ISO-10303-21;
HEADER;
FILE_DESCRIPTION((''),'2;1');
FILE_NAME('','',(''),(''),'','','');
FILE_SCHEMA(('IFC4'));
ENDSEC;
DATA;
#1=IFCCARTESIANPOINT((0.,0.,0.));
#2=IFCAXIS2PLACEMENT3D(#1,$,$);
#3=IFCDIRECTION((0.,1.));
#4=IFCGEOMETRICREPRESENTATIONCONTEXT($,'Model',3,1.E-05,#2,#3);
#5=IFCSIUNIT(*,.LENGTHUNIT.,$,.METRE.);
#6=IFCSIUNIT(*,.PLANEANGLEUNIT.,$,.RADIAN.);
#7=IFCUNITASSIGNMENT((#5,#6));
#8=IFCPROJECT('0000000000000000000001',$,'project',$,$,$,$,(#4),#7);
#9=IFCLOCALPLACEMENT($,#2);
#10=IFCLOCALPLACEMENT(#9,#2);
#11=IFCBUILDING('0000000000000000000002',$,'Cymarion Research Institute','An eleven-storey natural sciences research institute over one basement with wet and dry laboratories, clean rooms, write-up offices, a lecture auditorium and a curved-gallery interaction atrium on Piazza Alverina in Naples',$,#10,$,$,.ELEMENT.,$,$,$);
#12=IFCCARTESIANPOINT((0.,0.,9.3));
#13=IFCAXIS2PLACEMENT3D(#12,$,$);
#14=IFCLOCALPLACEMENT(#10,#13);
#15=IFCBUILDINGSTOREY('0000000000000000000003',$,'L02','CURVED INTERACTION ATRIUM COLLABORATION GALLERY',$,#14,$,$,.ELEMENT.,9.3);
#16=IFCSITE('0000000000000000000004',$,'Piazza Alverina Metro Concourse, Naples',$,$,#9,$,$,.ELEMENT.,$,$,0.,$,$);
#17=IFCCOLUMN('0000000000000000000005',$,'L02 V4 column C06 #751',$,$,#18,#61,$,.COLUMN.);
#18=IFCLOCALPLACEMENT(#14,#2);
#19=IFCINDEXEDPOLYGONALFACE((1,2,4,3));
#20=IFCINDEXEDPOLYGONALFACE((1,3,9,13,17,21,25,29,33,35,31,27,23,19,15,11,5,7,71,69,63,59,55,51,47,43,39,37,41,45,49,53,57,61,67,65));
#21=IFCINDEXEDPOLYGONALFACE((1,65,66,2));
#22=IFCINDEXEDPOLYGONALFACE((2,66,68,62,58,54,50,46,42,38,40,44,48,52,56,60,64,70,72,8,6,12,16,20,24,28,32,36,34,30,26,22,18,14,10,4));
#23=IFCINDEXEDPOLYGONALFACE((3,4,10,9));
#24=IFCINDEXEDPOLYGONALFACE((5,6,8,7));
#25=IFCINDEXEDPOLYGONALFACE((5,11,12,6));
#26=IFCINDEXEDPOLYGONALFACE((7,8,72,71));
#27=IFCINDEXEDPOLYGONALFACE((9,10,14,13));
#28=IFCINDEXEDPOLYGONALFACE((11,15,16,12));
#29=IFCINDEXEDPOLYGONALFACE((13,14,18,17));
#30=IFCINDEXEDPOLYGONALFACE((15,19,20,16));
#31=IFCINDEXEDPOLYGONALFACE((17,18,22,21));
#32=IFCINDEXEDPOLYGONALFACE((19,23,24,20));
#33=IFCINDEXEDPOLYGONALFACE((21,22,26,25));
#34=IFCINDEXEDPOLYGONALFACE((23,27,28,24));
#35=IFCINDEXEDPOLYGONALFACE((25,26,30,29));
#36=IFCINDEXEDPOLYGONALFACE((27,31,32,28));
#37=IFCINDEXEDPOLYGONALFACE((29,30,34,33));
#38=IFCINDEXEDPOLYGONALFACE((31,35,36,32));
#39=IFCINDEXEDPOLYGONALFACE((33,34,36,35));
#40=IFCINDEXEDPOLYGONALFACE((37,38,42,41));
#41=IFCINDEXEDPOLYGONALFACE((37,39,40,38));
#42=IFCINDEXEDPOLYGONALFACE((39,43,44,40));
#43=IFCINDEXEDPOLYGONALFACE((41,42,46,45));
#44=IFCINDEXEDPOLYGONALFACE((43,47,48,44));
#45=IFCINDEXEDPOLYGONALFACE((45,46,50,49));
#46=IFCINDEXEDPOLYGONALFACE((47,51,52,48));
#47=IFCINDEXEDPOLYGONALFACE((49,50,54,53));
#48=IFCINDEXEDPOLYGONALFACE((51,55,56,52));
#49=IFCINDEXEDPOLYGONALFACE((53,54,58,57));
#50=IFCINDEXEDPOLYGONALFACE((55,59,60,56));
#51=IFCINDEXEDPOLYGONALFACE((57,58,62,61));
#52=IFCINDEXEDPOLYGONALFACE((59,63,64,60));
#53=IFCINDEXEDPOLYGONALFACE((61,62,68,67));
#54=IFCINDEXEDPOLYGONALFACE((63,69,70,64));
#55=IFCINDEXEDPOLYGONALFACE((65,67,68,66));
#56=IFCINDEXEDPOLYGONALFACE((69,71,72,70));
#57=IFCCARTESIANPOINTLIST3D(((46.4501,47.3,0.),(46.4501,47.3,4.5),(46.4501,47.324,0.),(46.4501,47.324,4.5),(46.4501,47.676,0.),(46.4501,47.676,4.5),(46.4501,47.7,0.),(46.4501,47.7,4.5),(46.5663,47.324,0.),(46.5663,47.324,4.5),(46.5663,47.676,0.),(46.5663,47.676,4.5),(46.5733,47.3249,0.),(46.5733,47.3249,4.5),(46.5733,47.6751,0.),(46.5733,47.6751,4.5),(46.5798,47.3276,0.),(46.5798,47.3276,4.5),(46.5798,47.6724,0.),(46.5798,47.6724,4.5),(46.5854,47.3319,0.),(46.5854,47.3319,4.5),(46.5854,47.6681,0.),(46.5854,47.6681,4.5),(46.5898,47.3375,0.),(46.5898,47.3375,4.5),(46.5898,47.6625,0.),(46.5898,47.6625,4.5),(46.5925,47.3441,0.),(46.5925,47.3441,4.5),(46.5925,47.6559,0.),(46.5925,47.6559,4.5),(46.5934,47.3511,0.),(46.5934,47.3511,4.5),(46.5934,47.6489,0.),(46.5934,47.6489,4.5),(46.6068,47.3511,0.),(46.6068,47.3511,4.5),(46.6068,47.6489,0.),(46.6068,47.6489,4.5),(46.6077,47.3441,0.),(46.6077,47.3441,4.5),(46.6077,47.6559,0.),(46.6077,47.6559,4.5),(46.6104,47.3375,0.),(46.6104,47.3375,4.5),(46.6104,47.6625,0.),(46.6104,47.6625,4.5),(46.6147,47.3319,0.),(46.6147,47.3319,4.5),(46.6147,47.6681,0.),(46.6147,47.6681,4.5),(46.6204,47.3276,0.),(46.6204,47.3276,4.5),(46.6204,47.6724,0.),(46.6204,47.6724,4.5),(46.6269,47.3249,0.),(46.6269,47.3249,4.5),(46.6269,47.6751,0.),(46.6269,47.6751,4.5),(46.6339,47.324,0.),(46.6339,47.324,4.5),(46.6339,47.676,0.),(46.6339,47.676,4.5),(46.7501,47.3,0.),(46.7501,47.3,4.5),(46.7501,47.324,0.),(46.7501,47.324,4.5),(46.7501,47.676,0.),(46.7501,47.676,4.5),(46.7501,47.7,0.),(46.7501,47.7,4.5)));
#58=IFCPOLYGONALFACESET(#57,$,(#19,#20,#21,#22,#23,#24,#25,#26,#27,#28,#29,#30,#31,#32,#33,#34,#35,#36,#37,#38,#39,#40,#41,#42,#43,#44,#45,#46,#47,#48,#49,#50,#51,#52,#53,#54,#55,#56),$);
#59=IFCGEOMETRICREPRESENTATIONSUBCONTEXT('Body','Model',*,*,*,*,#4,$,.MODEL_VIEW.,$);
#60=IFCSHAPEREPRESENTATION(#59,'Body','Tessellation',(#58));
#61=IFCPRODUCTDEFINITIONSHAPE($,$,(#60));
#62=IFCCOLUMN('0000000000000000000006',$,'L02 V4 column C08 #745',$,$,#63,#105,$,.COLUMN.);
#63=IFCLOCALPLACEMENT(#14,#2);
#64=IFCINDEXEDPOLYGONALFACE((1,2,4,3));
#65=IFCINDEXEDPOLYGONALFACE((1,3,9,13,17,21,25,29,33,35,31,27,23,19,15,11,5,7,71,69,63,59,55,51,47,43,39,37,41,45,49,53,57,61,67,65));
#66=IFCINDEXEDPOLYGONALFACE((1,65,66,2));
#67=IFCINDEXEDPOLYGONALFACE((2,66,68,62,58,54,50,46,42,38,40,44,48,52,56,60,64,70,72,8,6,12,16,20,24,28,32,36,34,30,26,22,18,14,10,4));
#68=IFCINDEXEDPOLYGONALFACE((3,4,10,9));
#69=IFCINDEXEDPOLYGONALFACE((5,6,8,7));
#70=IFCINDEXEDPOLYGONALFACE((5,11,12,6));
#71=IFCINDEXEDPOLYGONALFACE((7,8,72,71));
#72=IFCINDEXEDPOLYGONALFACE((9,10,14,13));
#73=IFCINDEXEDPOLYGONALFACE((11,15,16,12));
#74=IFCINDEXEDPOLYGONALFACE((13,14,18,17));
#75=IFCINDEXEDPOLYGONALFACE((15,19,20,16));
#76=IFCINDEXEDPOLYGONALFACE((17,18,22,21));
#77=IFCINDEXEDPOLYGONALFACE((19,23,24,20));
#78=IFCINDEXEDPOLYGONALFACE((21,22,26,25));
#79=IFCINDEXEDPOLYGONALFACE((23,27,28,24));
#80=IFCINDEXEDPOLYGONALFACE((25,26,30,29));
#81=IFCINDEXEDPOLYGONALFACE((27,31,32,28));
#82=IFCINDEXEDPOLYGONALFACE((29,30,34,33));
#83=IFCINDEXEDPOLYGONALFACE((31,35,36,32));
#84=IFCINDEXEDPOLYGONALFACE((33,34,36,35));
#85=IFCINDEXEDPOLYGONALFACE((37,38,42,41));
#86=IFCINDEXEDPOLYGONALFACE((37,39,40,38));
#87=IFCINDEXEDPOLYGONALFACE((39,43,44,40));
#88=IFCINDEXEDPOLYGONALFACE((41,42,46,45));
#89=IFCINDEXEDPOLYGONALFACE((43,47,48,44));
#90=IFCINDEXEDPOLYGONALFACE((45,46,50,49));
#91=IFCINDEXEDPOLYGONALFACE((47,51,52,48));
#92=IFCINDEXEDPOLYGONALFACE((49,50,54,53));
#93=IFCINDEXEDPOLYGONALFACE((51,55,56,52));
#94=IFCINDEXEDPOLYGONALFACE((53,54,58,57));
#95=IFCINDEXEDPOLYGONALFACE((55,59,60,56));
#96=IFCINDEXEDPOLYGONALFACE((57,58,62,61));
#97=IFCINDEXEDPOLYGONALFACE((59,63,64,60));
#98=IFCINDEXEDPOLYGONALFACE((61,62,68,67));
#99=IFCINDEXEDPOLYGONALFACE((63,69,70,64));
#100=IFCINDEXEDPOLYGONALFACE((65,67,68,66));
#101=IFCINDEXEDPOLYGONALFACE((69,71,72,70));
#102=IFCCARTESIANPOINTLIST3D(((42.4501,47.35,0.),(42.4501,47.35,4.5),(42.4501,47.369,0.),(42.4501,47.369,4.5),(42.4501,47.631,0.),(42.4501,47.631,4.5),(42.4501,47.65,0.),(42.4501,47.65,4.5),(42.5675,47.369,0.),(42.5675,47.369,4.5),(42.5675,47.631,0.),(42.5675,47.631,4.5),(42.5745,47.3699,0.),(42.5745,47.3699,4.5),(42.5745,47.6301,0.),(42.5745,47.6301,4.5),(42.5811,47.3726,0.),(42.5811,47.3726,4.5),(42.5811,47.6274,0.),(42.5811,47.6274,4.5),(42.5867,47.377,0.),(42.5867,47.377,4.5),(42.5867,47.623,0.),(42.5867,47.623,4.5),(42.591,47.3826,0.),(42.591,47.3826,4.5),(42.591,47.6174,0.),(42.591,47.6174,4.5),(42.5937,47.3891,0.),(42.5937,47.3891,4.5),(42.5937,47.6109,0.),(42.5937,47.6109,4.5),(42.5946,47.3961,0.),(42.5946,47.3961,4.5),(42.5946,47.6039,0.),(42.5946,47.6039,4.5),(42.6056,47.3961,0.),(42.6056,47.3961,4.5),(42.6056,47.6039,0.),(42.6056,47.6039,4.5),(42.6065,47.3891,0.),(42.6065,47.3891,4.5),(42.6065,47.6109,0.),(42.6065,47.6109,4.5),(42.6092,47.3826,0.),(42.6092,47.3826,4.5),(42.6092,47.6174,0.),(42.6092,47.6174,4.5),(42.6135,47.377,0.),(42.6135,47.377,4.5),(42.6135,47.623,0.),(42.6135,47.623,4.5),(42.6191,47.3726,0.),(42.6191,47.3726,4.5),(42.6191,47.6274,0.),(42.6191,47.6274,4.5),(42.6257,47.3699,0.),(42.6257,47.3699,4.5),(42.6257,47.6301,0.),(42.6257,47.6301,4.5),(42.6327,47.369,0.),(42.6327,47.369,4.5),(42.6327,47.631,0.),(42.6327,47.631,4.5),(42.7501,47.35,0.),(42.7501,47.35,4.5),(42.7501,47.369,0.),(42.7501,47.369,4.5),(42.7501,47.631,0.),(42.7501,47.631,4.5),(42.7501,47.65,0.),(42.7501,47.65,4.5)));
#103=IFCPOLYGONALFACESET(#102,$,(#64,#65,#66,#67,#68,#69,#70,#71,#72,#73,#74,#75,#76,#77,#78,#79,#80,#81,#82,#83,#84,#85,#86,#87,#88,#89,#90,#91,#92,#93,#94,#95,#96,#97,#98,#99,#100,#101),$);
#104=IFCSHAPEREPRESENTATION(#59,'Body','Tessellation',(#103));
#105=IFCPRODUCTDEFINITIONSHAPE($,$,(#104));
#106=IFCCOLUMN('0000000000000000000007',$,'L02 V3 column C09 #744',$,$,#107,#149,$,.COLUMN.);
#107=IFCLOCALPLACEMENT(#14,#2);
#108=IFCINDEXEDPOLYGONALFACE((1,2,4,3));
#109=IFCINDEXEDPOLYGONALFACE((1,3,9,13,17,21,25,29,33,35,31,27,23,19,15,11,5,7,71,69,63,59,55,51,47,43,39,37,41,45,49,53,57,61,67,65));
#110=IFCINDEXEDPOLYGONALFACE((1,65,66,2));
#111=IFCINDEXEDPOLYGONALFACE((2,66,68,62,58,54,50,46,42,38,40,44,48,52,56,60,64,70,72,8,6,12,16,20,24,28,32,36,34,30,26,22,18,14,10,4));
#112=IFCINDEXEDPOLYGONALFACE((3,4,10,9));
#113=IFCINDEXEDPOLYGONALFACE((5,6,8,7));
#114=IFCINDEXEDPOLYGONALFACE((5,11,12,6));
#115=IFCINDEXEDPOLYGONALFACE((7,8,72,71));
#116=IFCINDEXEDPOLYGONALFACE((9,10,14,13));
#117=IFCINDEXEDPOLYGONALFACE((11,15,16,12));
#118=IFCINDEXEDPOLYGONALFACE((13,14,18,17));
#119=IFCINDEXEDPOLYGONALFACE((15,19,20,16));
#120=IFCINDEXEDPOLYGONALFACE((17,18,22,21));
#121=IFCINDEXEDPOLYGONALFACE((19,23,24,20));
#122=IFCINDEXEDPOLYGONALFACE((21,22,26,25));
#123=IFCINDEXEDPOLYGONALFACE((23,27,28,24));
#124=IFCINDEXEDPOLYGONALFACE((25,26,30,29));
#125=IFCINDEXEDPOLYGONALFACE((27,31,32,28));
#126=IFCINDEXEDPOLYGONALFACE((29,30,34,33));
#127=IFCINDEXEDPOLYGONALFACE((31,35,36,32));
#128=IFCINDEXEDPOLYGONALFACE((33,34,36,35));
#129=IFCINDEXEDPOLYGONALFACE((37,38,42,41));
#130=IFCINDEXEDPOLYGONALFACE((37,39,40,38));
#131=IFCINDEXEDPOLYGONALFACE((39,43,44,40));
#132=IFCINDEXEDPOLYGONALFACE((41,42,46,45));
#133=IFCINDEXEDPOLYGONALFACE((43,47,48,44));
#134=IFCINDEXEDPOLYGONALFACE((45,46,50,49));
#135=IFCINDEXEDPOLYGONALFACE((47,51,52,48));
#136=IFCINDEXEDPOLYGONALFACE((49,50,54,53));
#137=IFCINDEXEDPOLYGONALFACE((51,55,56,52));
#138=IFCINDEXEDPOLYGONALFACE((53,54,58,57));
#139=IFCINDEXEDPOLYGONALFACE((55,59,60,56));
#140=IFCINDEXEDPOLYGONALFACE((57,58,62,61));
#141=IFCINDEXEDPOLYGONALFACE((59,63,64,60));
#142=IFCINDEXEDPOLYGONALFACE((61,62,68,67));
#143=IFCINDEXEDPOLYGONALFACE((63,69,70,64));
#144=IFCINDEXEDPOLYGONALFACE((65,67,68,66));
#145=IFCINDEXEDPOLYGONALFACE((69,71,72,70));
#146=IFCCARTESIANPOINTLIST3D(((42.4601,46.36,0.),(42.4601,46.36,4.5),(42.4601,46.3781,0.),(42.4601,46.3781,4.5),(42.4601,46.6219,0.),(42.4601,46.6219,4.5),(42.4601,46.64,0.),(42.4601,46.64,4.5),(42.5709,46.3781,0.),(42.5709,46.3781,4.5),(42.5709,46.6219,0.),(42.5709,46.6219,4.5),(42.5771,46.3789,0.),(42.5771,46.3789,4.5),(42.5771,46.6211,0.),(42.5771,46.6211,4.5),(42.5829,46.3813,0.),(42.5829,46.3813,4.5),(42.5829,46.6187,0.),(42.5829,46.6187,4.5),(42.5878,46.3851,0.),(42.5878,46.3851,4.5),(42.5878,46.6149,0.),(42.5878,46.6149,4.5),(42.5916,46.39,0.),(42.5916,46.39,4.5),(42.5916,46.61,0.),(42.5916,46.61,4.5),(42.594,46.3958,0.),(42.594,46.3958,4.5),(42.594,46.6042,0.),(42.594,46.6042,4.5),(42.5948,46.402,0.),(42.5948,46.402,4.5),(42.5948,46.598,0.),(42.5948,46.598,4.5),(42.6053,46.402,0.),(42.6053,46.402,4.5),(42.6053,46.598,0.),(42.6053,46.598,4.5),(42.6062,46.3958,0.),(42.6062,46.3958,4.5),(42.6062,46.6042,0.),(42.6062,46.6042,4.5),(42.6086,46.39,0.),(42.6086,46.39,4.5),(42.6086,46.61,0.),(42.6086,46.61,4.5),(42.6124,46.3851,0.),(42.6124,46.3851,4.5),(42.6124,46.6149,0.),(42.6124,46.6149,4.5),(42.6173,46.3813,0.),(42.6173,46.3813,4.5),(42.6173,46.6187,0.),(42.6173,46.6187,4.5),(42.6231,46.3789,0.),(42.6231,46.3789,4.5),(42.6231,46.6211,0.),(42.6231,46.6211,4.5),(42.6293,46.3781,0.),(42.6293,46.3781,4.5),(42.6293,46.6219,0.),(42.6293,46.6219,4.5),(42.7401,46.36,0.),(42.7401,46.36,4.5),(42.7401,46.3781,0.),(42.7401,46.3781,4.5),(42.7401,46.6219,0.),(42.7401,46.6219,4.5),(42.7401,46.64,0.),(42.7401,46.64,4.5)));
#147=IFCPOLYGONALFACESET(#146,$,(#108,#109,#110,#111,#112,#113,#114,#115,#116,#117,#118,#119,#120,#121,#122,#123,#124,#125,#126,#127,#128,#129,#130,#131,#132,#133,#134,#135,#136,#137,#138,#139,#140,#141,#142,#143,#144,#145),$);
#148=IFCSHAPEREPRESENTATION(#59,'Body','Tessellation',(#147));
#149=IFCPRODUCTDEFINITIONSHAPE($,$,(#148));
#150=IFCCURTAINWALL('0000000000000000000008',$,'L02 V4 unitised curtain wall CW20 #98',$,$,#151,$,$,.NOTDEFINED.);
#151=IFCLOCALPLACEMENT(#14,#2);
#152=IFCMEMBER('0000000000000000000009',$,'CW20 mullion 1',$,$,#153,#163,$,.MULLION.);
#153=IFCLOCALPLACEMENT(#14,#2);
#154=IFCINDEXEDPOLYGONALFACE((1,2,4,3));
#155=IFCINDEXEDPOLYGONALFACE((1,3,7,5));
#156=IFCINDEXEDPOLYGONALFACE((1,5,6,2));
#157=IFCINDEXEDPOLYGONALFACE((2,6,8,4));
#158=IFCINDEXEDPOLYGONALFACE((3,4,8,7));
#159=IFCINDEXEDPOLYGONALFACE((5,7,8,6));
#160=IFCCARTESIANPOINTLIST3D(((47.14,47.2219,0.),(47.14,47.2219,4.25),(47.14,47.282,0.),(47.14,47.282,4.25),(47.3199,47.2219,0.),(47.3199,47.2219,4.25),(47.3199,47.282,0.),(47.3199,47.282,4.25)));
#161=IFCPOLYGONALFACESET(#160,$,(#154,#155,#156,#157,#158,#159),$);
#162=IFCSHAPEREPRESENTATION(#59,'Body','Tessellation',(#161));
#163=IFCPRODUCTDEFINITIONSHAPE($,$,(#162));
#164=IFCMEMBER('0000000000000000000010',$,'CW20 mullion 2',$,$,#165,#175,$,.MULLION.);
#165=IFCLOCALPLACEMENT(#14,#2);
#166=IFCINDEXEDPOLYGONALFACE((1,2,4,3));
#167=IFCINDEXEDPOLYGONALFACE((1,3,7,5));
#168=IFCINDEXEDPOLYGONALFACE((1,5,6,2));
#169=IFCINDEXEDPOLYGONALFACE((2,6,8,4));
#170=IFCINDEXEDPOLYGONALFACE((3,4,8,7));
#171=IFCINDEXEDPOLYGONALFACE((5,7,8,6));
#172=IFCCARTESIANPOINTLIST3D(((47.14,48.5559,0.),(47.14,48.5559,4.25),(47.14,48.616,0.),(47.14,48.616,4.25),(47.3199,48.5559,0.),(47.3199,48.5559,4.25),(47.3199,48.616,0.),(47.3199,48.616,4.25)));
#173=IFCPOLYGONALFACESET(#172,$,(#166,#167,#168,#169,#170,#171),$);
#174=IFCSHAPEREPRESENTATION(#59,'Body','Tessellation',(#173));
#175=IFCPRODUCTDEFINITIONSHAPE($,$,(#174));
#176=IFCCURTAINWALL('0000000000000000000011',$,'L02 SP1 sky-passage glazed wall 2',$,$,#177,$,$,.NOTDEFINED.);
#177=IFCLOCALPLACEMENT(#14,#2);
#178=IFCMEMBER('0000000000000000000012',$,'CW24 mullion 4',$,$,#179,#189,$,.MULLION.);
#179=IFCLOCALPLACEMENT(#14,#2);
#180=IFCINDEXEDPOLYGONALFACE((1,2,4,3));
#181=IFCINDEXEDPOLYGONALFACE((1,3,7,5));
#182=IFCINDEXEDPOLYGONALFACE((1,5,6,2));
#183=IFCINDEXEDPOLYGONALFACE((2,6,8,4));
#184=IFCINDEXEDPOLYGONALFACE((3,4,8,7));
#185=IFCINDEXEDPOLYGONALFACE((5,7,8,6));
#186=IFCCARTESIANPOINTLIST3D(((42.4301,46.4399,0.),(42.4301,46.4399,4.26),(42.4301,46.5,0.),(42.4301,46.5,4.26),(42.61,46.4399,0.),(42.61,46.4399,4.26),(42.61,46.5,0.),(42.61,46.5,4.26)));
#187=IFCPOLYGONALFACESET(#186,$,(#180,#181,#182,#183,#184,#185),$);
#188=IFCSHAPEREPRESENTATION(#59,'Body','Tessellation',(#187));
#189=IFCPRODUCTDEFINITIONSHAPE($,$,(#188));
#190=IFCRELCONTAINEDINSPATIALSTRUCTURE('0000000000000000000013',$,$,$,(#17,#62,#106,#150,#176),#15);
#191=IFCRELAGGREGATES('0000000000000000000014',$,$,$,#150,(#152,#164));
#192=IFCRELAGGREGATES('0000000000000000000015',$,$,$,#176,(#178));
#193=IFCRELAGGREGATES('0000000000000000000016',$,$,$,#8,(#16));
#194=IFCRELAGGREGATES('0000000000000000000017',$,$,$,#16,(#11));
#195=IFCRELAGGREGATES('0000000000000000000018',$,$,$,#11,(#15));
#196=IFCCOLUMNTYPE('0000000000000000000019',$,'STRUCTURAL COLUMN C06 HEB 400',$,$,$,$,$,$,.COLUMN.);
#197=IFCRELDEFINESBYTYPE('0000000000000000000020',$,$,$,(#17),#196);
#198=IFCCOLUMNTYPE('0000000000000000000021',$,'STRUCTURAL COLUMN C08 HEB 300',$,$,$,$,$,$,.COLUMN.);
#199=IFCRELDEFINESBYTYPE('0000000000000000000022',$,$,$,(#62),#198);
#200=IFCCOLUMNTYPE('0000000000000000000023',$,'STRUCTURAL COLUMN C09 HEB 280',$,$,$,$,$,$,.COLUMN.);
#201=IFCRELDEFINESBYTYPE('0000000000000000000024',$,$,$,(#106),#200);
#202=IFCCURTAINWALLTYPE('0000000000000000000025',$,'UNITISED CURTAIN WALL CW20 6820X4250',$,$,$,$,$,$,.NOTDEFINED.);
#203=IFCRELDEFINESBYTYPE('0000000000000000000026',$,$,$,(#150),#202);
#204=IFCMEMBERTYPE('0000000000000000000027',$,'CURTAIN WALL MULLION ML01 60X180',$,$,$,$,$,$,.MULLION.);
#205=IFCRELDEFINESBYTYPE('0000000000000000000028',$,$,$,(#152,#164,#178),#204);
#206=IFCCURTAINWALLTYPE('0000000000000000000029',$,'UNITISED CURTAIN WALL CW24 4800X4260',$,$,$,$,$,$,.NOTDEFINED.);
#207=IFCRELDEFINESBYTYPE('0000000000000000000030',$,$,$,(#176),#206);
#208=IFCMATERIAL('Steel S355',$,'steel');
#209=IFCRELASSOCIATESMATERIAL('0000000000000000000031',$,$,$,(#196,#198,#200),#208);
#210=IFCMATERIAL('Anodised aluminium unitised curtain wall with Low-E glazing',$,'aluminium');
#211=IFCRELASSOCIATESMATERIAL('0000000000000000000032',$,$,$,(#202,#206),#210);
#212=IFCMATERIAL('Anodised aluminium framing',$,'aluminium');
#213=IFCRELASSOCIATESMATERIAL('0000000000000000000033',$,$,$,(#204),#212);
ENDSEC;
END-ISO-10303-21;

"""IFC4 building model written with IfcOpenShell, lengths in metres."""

from ifc_helpers import new_model, si_unit, direction, frame, origin, origin_2d, place, context, subcontext, project, spatial, rectangle, i_section, extrude, material, material_profile, profile_set, type_object, element, aggregate, save


model = new_model("IFC4")

# Units and contexts
model_context = context("Model", 3, precision=1e-05, world=origin(), true_north=direction((0.0, 1.0)))
body_context = subcontext(model_context, "Body", "Model", "MODEL_VIEW")
ifc_project = project(units=[si_unit("LENGTHUNIT", "METRE"), si_unit("PLANEANGLEUNIT", "RADIAN")], contexts=[model_context])

# Site, building, storey
site_placement = place(None, origin())
site = spatial("IfcSite", under=ifc_project, at=site_placement, Name="Piazza Alverina Metro Concourse, Naples", CompositionType="ELEMENT", RefElevation=0.0)
building_placement = place(site_placement, origin())
building = spatial("IfcBuilding", under=site, at=building_placement, Name="Cymarion Research Institute", Description="An eleven-storey natural sciences research institute over one basement with wet and dry laboratories, clean rooms, write-up offices, a lecture auditorium and a curved-gallery interaction atrium on Piazza Alverina in Naples", CompositionType="ELEMENT")
storey_placement = place(building_placement, frame((0.0, 0.0, 9.3)))
storey = spatial("IfcBuildingStorey", under=building, at=storey_placement, Name="L02", Description="CURVED INTERACTION ATRIUM COLLABORATION GALLERY", CompositionType="ELEMENT", Elevation=9.3)

# Columns
ifc_material_1 = material(Name="Steel S355", Category="steel")
ifc_material_profile_1 = material_profile(ifc_material_1, i_section(OverallWidth=0.3, OverallDepth=0.3999, WebThickness=0.0134, FlangeThickness=0.0239, FilletRadius=0.0271, at=origin_2d()), Name="HEB 400")
ifc_profile_set_1 = profile_set([ifc_material_profile_1], Name="Steel S355")
column_type_1 = type_object("IfcColumnType", Name="STRUCTURAL COLUMN C06 HEB 400", PredefinedType="COLUMN", material=ifc_profile_set_1)
column_1_placement = place(storey_placement, frame((46.6001, 47.5, 0.0), z_axis=(0.0, 0.0, 1.0), x_axis=(1.0, 0.0, 0.0)))
element("IfcColumn", 1, at=column_1_placement, inside=storey, type_object=column_type_1, Name="L02 V4 column C06 #751", PredefinedType="COLUMN", context=body_context, shape_type="SweptSolid", body=[
    extrude(i_section(OverallWidth=0.3, OverallDepth=0.3999, WebThickness=0.0134, FlangeThickness=0.0239, FilletRadius=0.0271, at=origin_2d()), origin(), (0.0, 0.0, 1.0), 4.5),
])
ifc_material_profile_2 = material_profile(ifc_material_1, i_section(OverallWidth=0.3, OverallDepth=0.3, WebThickness=0.011, FlangeThickness=0.019, FilletRadius=0.0271, at=origin_2d()), Name="HEB 300")
ifc_profile_set_2 = profile_set([ifc_material_profile_2], Name="Steel S355")
column_type_2 = type_object("IfcColumnType", Name="STRUCTURAL COLUMN C08 HEB 300", PredefinedType="COLUMN", material=ifc_profile_set_2)
column_2_placement = place(storey_placement, frame((42.6001, 47.5, 0.0), z_axis=(0.0, 0.0, 1.0), x_axis=(1.0, 0.0, 0.0)))
element("IfcColumn", 2, at=column_2_placement, inside=storey, type_object=column_type_2, Name="L02 V4 column C08 #745", PredefinedType="COLUMN", context=body_context, shape_type="SweptSolid", body=[
    extrude(i_section(OverallWidth=0.3, OverallDepth=0.3, WebThickness=0.011, FlangeThickness=0.019, FilletRadius=0.0271, at=origin_2d()), origin(), (0.0, 0.0, 1.0), 4.5),
])
ifc_material_profile_3 = material_profile(ifc_material_1, i_section(OverallWidth=0.28, OverallDepth=0.28, WebThickness=0.0105, FlangeThickness=0.0181, FilletRadius=0.0239, at=origin_2d()), Name="HEB 280")
ifc_profile_set_3 = profile_set([ifc_material_profile_3], Name="Steel S355")
column_type_3 = type_object("IfcColumnType", Name="STRUCTURAL COLUMN C09 HEB 280", PredefinedType="COLUMN", material=ifc_profile_set_3)
column_3_placement = place(storey_placement, frame((42.6001, 46.5, 0.0), z_axis=(0.0, 0.0, 1.0), x_axis=(1.0, 0.0, 0.0)))
element("IfcColumn", 3, at=column_3_placement, inside=storey, type_object=column_type_3, Name="L02 V3 column C09 #744", PredefinedType="COLUMN", context=body_context, shape_type="SweptSolid", body=[
    extrude(i_section(OverallWidth=0.28, OverallDepth=0.28, WebThickness=0.0105, FlangeThickness=0.0181, FilletRadius=0.0239, at=origin_2d()), origin(), (0.0, 0.0, 1.0), 4.5),
])

# Curtain wall, members
ifc_material_2 = material(Name="Anodised aluminium unitised curtain wall with Low-E glazing", Category="aluminium")
curtain_wall_type_1 = type_object("IfcCurtainWallType", Name="UNITISED CURTAIN WALL CW20 6820X4250", PredefinedType="NOTDEFINED", material=ifc_material_2)
curtain_wall_1_placement = place(storey_placement, origin())
curtain_wall_1 = element("IfcCurtainWall", 4, at=curtain_wall_1_placement, inside=storey, type_object=curtain_wall_type_1, Name="L02 V4 unitised curtain wall CW20 #98", PredefinedType="NOTDEFINED")
ifc_material_3 = material(Name="Anodised aluminium framing", Category="aluminium")
ifc_material_profile_4 = material_profile(ifc_material_3, rectangle(XDim=0.0601, YDim=0.1799, at=origin_2d()), Name="ALU MULLION 60x180")
ifc_profile_set_4 = profile_set([ifc_material_profile_4], Name="Anodised aluminium framing")
member_type_1 = type_object("IfcMemberType", Name="CURTAIN WALL MULLION ML01 60X180", PredefinedType="MULLION", material=ifc_profile_set_4)
member_1_placement = place(storey_placement, frame((47.23, 47.252, 0.0), z_axis=(0.0, 0.0, 1.0), x_axis=(0.0, 1.0, 0.0)))
member_1 = element("IfcMember", 5, at=member_1_placement, type_object=member_type_1, Name="CW20 mullion 1", PredefinedType="MULLION", context=body_context, shape_type="SweptSolid", body=[
    extrude(rectangle(XDim=0.0601, YDim=0.1799, at=origin_2d()), origin(), (0.0, 0.0, 1.0), 4.25),
])
member_2_placement = place(storey_placement, frame((47.23, 48.5859, 0.0), z_axis=(0.0, 0.0, 1.0), x_axis=(0.0, 1.0, 0.0)))
member_2 = element("IfcMember", 6, at=member_2_placement, type_object=member_type_1, Name="CW20 mullion 2", PredefinedType="MULLION", context=body_context, shape_type="SweptSolid", body=[
    extrude(rectangle(XDim=0.0601, YDim=0.1799, at=origin_2d()), origin(), (0.0, 0.0, 1.0), 4.25),
])

# Curtain wall, member
curtain_wall_type_2 = type_object("IfcCurtainWallType", Name="UNITISED CURTAIN WALL CW24 4800X4260", PredefinedType="NOTDEFINED", material=ifc_material_2)
curtain_wall_2_placement = place(storey_placement, origin())
curtain_wall_2 = element("IfcCurtainWall", 7, at=curtain_wall_2_placement, inside=storey, type_object=curtain_wall_type_2, Name="L02 SP1 sky-passage glazed wall 2", PredefinedType="NOTDEFINED")
member_3_placement = place(storey_placement, frame((42.52, 46.47, 0.0), z_axis=(0.0, 0.0, 1.0), x_axis=(0.0, 1.0, 0.0)))
member_3 = element("IfcMember", 8, at=member_3_placement, type_object=member_type_1, Name="CW24 mullion 4", PredefinedType="MULLION", context=body_context, shape_type="SweptSolid", body=[
    extrude(rectangle(XDim=0.0601, YDim=0.1799, at=origin_2d()), origin(), (0.0, 0.0, 1.0), 4.26),
])

aggregate(curtain_wall_1, [member_1, member_2])
aggregate(curtain_wall_2, [member_3])

save(model, "model.ifc")
